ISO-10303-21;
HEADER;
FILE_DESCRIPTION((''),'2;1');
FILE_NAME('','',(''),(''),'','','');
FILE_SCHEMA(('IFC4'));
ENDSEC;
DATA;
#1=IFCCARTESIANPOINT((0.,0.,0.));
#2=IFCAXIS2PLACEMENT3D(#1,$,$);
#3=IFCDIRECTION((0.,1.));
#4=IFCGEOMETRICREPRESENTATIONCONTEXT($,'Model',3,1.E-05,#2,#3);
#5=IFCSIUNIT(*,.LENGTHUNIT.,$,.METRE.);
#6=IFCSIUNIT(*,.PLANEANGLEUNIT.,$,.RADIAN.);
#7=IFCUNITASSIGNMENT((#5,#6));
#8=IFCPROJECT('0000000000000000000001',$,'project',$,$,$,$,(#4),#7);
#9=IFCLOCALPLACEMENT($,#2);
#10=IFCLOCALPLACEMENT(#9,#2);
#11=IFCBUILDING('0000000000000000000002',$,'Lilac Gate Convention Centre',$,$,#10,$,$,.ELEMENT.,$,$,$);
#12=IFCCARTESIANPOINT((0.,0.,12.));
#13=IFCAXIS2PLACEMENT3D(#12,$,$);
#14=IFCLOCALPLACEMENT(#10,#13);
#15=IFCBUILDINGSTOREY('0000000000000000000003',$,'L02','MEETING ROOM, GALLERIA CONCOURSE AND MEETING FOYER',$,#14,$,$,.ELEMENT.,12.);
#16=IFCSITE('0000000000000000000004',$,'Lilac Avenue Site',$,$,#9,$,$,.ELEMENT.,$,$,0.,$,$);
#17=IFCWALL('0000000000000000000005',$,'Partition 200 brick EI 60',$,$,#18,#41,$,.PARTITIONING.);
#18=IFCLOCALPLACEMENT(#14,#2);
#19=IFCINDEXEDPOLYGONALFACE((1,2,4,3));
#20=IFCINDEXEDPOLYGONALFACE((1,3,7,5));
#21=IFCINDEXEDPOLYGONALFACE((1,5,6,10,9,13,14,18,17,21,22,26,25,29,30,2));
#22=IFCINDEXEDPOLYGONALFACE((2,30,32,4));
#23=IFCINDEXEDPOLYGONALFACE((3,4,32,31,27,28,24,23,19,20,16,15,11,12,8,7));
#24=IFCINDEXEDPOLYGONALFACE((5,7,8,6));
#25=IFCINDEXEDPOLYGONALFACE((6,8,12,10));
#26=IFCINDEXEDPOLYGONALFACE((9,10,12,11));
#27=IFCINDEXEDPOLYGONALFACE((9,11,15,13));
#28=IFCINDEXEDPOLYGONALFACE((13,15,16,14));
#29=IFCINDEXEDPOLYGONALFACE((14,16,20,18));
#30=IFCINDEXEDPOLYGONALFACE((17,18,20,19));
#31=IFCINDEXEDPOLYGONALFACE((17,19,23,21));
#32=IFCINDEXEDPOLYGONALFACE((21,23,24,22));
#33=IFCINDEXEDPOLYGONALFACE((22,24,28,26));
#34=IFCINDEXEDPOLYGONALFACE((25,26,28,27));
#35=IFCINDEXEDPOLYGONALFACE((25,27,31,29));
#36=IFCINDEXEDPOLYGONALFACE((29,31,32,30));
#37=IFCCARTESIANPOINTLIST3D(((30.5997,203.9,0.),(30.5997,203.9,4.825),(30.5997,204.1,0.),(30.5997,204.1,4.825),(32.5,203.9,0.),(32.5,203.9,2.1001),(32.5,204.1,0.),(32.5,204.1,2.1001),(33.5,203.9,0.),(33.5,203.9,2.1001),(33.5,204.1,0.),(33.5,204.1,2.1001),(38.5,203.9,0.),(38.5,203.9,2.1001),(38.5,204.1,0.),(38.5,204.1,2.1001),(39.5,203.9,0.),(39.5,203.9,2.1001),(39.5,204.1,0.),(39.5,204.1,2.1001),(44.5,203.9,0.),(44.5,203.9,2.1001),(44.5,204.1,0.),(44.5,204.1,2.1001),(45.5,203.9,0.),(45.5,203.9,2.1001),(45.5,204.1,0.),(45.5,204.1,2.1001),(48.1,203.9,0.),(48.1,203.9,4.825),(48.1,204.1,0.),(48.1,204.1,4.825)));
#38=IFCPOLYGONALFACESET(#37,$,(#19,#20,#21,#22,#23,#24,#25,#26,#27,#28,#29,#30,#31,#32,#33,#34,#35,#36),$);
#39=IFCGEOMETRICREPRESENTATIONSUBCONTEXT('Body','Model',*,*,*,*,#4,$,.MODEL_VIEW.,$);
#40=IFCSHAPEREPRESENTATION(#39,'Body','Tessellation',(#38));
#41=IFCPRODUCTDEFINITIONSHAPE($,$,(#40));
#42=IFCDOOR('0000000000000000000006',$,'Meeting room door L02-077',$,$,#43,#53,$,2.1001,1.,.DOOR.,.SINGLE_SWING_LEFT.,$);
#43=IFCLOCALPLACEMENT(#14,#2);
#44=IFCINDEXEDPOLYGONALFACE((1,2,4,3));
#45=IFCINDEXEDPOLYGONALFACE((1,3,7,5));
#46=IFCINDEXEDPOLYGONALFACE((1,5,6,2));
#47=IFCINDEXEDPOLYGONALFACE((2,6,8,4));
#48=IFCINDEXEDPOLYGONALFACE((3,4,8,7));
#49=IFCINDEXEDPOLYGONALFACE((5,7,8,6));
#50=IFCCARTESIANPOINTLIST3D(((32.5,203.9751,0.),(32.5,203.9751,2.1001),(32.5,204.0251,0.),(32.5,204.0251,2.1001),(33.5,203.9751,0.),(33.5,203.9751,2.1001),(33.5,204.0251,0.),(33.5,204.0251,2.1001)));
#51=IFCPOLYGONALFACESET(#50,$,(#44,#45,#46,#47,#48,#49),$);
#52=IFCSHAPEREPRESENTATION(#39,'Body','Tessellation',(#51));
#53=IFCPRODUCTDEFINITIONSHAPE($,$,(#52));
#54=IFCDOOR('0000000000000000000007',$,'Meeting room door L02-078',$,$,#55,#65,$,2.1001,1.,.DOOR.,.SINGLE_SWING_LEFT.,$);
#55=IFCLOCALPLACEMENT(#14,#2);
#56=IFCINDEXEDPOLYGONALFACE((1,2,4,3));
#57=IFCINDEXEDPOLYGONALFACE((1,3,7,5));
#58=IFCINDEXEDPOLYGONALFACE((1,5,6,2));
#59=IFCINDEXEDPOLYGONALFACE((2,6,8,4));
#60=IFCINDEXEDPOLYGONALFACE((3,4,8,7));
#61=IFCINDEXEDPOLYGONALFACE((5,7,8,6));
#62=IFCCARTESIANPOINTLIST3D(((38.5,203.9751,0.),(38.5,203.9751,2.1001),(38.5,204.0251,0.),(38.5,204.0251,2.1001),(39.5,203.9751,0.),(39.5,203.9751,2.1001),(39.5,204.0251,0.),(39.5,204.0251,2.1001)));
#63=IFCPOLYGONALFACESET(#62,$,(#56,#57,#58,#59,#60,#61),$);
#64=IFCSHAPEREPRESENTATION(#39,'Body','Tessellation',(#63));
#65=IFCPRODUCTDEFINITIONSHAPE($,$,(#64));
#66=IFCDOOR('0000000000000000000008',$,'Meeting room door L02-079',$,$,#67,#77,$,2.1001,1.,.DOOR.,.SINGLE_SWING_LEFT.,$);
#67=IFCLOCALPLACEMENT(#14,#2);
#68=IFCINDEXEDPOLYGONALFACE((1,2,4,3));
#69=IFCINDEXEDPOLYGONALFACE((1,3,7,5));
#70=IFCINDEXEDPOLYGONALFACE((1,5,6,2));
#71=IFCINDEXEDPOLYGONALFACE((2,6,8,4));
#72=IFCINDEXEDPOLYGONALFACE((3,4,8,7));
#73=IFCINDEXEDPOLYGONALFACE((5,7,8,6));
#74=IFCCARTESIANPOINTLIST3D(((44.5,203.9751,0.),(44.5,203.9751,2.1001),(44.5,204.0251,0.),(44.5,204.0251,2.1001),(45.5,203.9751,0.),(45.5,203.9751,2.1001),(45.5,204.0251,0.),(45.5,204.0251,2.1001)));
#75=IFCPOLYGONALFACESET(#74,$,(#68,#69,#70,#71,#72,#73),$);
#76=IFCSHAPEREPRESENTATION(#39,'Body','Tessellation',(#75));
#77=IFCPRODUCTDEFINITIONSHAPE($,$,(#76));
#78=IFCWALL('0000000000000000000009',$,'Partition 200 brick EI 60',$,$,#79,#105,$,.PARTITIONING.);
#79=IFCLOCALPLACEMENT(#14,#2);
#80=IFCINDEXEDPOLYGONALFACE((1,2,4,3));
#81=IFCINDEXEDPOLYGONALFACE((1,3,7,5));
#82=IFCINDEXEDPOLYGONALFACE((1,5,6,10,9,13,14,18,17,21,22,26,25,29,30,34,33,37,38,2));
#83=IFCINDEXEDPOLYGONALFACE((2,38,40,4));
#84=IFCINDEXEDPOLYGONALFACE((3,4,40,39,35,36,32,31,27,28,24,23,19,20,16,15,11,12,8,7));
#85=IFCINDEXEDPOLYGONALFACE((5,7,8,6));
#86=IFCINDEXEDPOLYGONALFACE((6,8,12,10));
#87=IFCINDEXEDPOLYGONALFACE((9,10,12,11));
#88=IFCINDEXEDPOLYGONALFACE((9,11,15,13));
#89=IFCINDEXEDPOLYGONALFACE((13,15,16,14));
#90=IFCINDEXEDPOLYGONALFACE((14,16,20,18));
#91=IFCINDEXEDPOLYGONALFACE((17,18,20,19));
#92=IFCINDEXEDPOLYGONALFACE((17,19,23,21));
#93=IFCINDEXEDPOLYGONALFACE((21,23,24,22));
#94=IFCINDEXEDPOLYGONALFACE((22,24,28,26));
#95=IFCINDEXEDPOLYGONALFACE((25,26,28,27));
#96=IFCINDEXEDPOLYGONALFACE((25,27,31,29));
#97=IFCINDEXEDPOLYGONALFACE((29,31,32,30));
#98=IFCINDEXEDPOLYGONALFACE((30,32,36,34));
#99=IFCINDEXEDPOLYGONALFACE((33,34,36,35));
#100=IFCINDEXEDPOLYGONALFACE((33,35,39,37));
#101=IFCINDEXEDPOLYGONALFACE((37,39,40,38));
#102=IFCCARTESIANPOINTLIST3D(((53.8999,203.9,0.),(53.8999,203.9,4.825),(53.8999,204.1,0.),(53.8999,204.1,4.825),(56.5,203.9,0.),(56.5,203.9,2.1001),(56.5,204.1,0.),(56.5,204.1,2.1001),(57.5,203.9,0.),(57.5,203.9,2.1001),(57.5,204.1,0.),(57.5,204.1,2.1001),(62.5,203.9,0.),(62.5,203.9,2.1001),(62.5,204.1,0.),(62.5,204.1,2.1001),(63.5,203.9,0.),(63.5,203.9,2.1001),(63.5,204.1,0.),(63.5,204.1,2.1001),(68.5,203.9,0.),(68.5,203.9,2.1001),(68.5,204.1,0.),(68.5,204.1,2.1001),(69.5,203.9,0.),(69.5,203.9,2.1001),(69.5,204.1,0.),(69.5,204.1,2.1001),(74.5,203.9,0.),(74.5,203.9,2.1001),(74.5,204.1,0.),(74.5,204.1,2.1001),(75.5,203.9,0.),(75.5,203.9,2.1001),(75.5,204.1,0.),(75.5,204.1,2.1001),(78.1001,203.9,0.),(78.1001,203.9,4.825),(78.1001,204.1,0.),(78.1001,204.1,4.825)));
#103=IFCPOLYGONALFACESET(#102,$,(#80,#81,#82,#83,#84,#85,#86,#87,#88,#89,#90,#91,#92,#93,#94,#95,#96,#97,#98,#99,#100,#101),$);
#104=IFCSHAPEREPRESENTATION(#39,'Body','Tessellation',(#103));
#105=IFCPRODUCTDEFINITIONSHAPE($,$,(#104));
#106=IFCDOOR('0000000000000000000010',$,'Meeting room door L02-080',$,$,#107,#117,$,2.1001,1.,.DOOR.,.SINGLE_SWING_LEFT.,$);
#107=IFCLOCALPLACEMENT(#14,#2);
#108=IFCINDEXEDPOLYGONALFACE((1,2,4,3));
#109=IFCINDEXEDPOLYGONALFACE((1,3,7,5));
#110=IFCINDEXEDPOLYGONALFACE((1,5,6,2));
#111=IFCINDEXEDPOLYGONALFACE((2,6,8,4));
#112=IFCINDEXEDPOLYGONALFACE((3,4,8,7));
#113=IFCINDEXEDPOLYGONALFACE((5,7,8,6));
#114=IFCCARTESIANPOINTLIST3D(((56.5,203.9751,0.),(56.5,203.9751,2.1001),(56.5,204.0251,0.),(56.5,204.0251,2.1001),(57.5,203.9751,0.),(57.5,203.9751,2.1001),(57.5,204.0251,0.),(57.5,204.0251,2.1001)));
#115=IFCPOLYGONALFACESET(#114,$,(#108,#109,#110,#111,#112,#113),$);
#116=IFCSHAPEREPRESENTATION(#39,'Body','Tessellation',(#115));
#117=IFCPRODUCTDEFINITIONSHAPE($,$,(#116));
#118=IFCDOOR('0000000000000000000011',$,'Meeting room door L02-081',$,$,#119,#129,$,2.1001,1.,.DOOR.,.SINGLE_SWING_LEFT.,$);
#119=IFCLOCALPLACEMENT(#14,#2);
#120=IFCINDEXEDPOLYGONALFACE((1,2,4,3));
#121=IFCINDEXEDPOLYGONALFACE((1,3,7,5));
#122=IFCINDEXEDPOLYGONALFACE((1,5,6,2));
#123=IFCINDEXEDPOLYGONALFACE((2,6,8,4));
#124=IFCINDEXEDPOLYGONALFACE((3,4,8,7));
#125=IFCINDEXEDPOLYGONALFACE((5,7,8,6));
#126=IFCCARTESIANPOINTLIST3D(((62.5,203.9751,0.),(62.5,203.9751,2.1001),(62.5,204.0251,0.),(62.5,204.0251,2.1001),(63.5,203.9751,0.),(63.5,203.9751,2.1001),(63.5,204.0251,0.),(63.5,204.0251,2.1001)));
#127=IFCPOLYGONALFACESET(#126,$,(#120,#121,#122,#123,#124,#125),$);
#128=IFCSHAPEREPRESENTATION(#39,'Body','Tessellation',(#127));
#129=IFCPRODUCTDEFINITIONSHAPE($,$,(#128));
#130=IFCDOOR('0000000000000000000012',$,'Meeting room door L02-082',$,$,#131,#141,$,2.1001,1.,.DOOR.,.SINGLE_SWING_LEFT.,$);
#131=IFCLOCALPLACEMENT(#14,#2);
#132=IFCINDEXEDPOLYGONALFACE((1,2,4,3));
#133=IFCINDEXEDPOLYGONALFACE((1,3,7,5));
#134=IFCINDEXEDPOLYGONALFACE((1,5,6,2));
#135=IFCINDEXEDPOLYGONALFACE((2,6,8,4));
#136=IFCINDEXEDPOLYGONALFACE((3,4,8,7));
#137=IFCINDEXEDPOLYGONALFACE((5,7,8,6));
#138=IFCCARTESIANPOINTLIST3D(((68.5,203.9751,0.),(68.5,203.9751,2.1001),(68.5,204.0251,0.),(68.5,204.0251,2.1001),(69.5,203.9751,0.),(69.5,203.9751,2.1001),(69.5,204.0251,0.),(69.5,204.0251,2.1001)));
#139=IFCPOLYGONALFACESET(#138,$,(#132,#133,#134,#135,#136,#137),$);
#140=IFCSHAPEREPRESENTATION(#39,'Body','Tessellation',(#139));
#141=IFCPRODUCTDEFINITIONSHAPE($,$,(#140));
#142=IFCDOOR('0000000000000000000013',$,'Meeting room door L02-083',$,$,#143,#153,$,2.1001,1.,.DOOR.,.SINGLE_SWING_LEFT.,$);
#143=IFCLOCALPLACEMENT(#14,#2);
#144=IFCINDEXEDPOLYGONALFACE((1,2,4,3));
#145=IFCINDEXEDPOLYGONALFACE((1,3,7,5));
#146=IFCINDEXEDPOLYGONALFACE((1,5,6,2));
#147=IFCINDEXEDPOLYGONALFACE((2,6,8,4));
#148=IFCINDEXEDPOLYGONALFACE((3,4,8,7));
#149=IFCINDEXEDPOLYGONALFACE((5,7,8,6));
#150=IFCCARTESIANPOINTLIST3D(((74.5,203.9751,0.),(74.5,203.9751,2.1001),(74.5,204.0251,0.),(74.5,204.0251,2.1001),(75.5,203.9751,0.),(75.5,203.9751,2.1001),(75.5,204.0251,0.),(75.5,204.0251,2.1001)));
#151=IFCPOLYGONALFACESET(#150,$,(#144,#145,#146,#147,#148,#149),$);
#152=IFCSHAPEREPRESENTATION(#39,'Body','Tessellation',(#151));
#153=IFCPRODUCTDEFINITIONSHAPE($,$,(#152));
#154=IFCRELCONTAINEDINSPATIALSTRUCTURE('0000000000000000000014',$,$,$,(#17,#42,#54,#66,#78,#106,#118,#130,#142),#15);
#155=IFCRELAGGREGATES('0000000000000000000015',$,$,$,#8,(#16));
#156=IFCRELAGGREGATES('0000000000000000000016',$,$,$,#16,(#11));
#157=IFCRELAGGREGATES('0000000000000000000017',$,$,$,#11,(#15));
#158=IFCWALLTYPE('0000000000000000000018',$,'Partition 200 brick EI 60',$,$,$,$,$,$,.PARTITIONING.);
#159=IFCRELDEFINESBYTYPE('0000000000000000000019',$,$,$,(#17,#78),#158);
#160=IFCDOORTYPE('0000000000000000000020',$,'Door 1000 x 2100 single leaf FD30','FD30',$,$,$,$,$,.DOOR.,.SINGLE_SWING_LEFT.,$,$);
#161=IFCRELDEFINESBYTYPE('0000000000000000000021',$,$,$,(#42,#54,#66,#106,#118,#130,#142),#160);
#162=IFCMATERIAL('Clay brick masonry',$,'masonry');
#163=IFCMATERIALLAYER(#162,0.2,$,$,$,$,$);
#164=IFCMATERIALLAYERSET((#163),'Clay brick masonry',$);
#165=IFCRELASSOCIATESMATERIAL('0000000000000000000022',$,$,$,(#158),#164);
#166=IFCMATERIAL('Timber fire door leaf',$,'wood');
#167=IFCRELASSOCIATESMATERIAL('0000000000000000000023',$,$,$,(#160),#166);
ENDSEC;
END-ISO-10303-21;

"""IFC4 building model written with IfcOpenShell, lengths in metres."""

from ifc_helpers import new_model, si_unit, direction, frame, frame_2d, origin, place, context, subcontext, project, spatial, rectangle, extrude, material, layer, layer_set, type_object, element, fill, save


model = new_model("IFC4")

# Units and contexts
model_context = context("Model", 3, precision=1e-05, world=origin(), true_north=direction((0.0, 1.0)))
body_context = subcontext(model_context, "Body", "Model", "MODEL_VIEW")
ifc_project = project(units=[si_unit("LENGTHUNIT", "METRE"), si_unit("PLANEANGLEUNIT", "RADIAN")], contexts=[model_context])

# Site, building, storey
site_placement = place(None, origin())
site = spatial("IfcSite", under=ifc_project, at=site_placement, Name="Lilac Avenue Site", CompositionType="ELEMENT", RefElevation=0.0)
building_placement = place(site_placement, origin())
building = spatial("IfcBuilding", under=site, at=building_placement, Name="Lilac Gate Convention Centre", CompositionType="ELEMENT")
storey_placement = place(building_placement, frame((0.0, 0.0, 12.0)))
storey = spatial("IfcBuildingStorey", under=building, at=storey_placement, Name="L02", Description="MEETING ROOM, GALLERIA CONCOURSE AND MEETING FOYER", CompositionType="ELEMENT", Elevation=12.0)

# Walls, openings, doors
ifc_material_1 = material(Name="Clay brick masonry", Category="masonry")
ifc_layer_1 = layer(ifc_material_1, 0.2)
ifc_layer_set_1 = layer_set([ifc_layer_1], Name="Clay brick masonry")
wall_type_1 = type_object("IfcWallType", Name="Partition 200 brick EI 60", PredefinedType="PARTITIONING", material=ifc_layer_set_1)
wall_1_placement = place(storey_placement, frame((30.5999, 204.0, 0.0), z_axis=(0.0, 0.0, 1.0), x_axis=(1.0, 0.0, 0.0)))
wall_1 = element("IfcWall", 1, at=wall_1_placement, inside=storey, type_object=wall_type_1, Name="Partition 200 brick EI 60", PredefinedType="PARTITIONING", context=body_context, shape_type="SweptSolid", body=[
    extrude(rectangle(XDim=17.5002, YDim=0.2, at=frame_2d((8.75, 0.0))), origin(), (0.0, 0.0, 1.0), 4.825),
])
opening_1_placement = place(wall_1_placement, frame((1.9001, 0.0, 0.0)))
opening_1 = element("IfcOpeningElement", 2, at=opening_1_placement, cuts=wall_1, PredefinedType="OPENING", context=body_context, shape_type="SweptSolid", body=[
    extrude(rectangle(XDim=1.0, YDim=2.1001, at=frame_2d((0.5, 1.05))), frame((0.0, 0.1099, 0.0), z_axis=(0.0, -1.0, 0.0), x_axis=(1.0, 0.0, 0.0)), (0.0, 0.0, 1.0), 0.22),
])
opening_2_placement = place(wall_1_placement, frame((7.9001, 0.0, 0.0)))
opening_2 = element("IfcOpeningElement", 3, at=opening_2_placement, cuts=wall_1, PredefinedType="OPENING", context=body_context, shape_type="SweptSolid", body=[
    extrude(rectangle(XDim=1.0, YDim=2.1001, at=frame_2d((0.5, 1.05))), frame((0.0, 0.1099, 0.0), z_axis=(0.0, -1.0, 0.0), x_axis=(1.0, 0.0, 0.0)), (0.0, 0.0, 1.0), 0.22),
])
opening_3_placement = place(wall_1_placement, frame((13.9001, 0.0, 0.0)))
opening_3 = element("IfcOpeningElement", 4, at=opening_3_placement, cuts=wall_1, PredefinedType="OPENING", context=body_context, shape_type="SweptSolid", body=[
    extrude(rectangle(XDim=1.0, YDim=2.1001, at=frame_2d((0.5, 1.05))), frame((0.0, 0.1099, 0.0), z_axis=(0.0, -1.0, 0.0), x_axis=(1.0, 0.0, 0.0)), (0.0, 0.0, 1.0), 0.22),
])
ifc_material_2 = material(Name="Timber fire door leaf", Category="wood")
door_type = type_object("IfcDoorType", Name="Door 1000 x 2100 single leaf FD30", Description="FD30", OperationType="SINGLE_SWING_LEFT", PredefinedType="DOOR", material=ifc_material_2)
door_1_placement = place(opening_1_placement, frame((1.0, 0.0, 0.0), z_axis=(0.0, 0.0, 1.0), x_axis=(-1.0, 0.0, 0.0)))
door_1 = element("IfcDoor", 5, at=door_1_placement, inside=storey, type_object=door_type, Name="Meeting room door L02-077", OperationType="SINGLE_SWING_LEFT", OverallHeight=2.1001, OverallWidth=1.0, PredefinedType="DOOR", context=body_context, shape_type="SweptSolid", body=[
    extrude(rectangle(XDim=1.0, YDim=2.1001, at=frame_2d((0.5, 1.05))), frame((0.0, 0.0249, 0.0), z_axis=(0.0, -1.0, 0.0), x_axis=(1.0, 0.0, 0.0)), (0.0, 0.0, 1.0), 0.05),
])
fill(opening_1, door_1)
door_2_placement = place(opening_2_placement, frame((1.0, 0.0, 0.0), z_axis=(0.0, 0.0, 1.0), x_axis=(-1.0, 0.0, 0.0)))
door_2 = element("IfcDoor", 6, at=door_2_placement, inside=storey, type_object=door_type, Name="Meeting room door L02-078", OperationType="SINGLE_SWING_LEFT", OverallHeight=2.1001, OverallWidth=1.0, PredefinedType="DOOR", context=body_context, shape_type="SweptSolid", body=[
    extrude(rectangle(XDim=1.0, YDim=2.1001, at=frame_2d((0.5, 1.05))), frame((0.0, 0.0249, 0.0), z_axis=(0.0, -1.0, 0.0), x_axis=(1.0, 0.0, 0.0)), (0.0, 0.0, 1.0), 0.05),
])
fill(opening_2, door_2)
door_3_placement = place(opening_3_placement, frame((1.0, 0.0, 0.0), z_axis=(0.0, 0.0, 1.0), x_axis=(-1.0, 0.0, 0.0)))
door_3 = element("IfcDoor", 7, at=door_3_placement, inside=storey, type_object=door_type, Name="Meeting room door L02-079", OperationType="SINGLE_SWING_LEFT", OverallHeight=2.1001, OverallWidth=1.0, PredefinedType="DOOR", context=body_context, shape_type="SweptSolid", body=[
    extrude(rectangle(XDim=1.0, YDim=2.1001, at=frame_2d((0.5, 1.05))), frame((0.0, 0.0249, 0.0), z_axis=(0.0, -1.0, 0.0), x_axis=(1.0, 0.0, 0.0)), (0.0, 0.0, 1.0), 0.05),
])
fill(opening_3, door_3)
wall_2_placement = place(storey_placement, frame((53.8999, 204.0, 0.0), z_axis=(0.0, 0.0, 1.0), x_axis=(1.0, 0.0, 0.0)))
wall_2 = element("IfcWall", 8, at=wall_2_placement, inside=storey, type_object=wall_type_1, Name="Partition 200 brick EI 60", PredefinedType="PARTITIONING", context=body_context, shape_type="SweptSolid", body=[
    extrude(rectangle(XDim=24.2002, YDim=0.2, at=frame_2d((12.1001, 0.0))), origin(), (0.0, 0.0, 1.0), 4.825),
])
opening_4_placement = place(wall_2_placement, frame((2.6001, 0.0, 0.0)))
opening_4 = element("IfcOpeningElement", 9, at=opening_4_placement, cuts=wall_2, PredefinedType="OPENING", context=body_context, shape_type="SweptSolid", body=[
    extrude(rectangle(XDim=1.0, YDim=2.1001, at=frame_2d((0.5, 1.05))), frame((0.0, 0.1099, 0.0), z_axis=(0.0, -1.0, 0.0), x_axis=(1.0, 0.0, 0.0)), (0.0, 0.0, 1.0), 0.22),
])
opening_5_placement = place(wall_2_placement, frame((8.6001, 0.0, 0.0)))
opening_5 = element("IfcOpeningElement", 10, at=opening_5_placement, cuts=wall_2, PredefinedType="OPENING", context=body_context, shape_type="SweptSolid", body=[
    extrude(rectangle(XDim=1.0, YDim=2.1001, at=frame_2d((0.5, 1.05))), frame((0.0, 0.1099, 0.0), z_axis=(0.0, -1.0, 0.0), x_axis=(1.0, 0.0, 0.0)), (0.0, 0.0, 1.0), 0.22),
])
opening_6_placement = place(wall_2_placement, frame((14.6001, 0.0, 0.0)))
opening_6 = element("IfcOpeningElement", 11, at=opening_6_placement, cuts=wall_2, PredefinedType="OPENING", context=body_context, shape_type="SweptSolid", body=[
    extrude(rectangle(XDim=1.0, YDim=2.1001, at=frame_2d((0.5, 1.05))), frame((0.0, 0.1099, 0.0), z_axis=(0.0, -1.0, 0.0), x_axis=(1.0, 0.0, 0.0)), (0.0, 0.0, 1.0), 0.22),
])
opening_7_placement = place(wall_2_placement, frame((20.6001, 0.0, 0.0)))
opening_7 = element("IfcOpeningElement", 12, at=opening_7_placement, cuts=wall_2, PredefinedType="OPENING", context=body_context, shape_type="SweptSolid", body=[
    extrude(rectangle(XDim=1.0, YDim=2.1001, at=frame_2d((0.5, 1.05))), frame((0.0, 0.1099, 0.0), z_axis=(0.0, -1.0, 0.0), x_axis=(1.0, 0.0, 0.0)), (0.0, 0.0, 1.0), 0.22),
])
door_4_placement = place(opening_4_placement, frame((1.0, 0.0, 0.0), z_axis=(0.0, 0.0, 1.0), x_axis=(-1.0, 0.0, 0.0)))
door_4 = element("IfcDoor", 13, at=door_4_placement, inside=storey, type_object=door_type, Name="Meeting room door L02-080", OperationType="SINGLE_SWING_LEFT", OverallHeight=2.1001, OverallWidth=1.0, PredefinedType="DOOR", context=body_context, shape_type="SweptSolid", body=[
    extrude(rectangle(XDim=1.0, YDim=2.1001, at=frame_2d((0.5, 1.05))), frame((0.0, 0.0249, 0.0), z_axis=(0.0, -1.0, 0.0), x_axis=(1.0, 0.0, 0.0)), (0.0, 0.0, 1.0), 0.05),
])
fill(opening_4, door_4)
door_5_placement = place(opening_5_placement, frame((1.0, 0.0, 0.0), z_axis=(0.0, 0.0, 1.0), x_axis=(-1.0, 0.0, 0.0)))
door_5 = element("IfcDoor", 14, at=door_5_placement, inside=storey, type_object=door_type, Name="Meeting room door L02-081", OperationType="SINGLE_SWING_LEFT", OverallHeight=2.1001, OverallWidth=1.0, PredefinedType="DOOR", context=body_context, shape_type="SweptSolid", body=[
    extrude(rectangle(XDim=1.0, YDim=2.1001, at=frame_2d((0.5, 1.05))), frame((0.0, 0.0249, 0.0), z_axis=(0.0, -1.0, 0.0), x_axis=(1.0, 0.0, 0.0)), (0.0, 0.0, 1.0), 0.05),
])
fill(opening_5, door_5)
door_6_placement = place(opening_6_placement, frame((1.0, 0.0, 0.0), z_axis=(0.0, 0.0, 1.0), x_axis=(-1.0, 0.0, 0.0)))
door_6 = element("IfcDoor", 15, at=door_6_placement, inside=storey, type_object=door_type, Name="Meeting room door L02-082", OperationType="SINGLE_SWING_LEFT", OverallHeight=2.1001, OverallWidth=1.0, PredefinedType="DOOR", context=body_context, shape_type="SweptSolid", body=[
    extrude(rectangle(XDim=1.0, YDim=2.1001, at=frame_2d((0.5, 1.05))), frame((0.0, 0.0249, 0.0), z_axis=(0.0, -1.0, 0.0), x_axis=(1.0, 0.0, 0.0)), (0.0, 0.0, 1.0), 0.05),
])
fill(opening_6, door_6)
door_7_placement = place(opening_7_placement, frame((1.0, 0.0, 0.0), z_axis=(0.0, 0.0, 1.0), x_axis=(-1.0, 0.0, 0.0)))
door_7 = element("IfcDoor", 16, at=door_7_placement, inside=storey, type_object=door_type, Name="Meeting room door L02-083", OperationType="SINGLE_SWING_LEFT", OverallHeight=2.1001, OverallWidth=1.0, PredefinedType="DOOR", context=body_context, shape_type="SweptSolid", body=[
    extrude(rectangle(XDim=1.0, YDim=2.1001, at=frame_2d((0.5, 1.05))), frame((0.0, 0.0249, 0.0), z_axis=(0.0, -1.0, 0.0), x_axis=(1.0, 0.0, 0.0)), (0.0, 0.0, 1.0), 0.05),
])
fill(opening_7, door_7)

save(model, "model.ifc")
